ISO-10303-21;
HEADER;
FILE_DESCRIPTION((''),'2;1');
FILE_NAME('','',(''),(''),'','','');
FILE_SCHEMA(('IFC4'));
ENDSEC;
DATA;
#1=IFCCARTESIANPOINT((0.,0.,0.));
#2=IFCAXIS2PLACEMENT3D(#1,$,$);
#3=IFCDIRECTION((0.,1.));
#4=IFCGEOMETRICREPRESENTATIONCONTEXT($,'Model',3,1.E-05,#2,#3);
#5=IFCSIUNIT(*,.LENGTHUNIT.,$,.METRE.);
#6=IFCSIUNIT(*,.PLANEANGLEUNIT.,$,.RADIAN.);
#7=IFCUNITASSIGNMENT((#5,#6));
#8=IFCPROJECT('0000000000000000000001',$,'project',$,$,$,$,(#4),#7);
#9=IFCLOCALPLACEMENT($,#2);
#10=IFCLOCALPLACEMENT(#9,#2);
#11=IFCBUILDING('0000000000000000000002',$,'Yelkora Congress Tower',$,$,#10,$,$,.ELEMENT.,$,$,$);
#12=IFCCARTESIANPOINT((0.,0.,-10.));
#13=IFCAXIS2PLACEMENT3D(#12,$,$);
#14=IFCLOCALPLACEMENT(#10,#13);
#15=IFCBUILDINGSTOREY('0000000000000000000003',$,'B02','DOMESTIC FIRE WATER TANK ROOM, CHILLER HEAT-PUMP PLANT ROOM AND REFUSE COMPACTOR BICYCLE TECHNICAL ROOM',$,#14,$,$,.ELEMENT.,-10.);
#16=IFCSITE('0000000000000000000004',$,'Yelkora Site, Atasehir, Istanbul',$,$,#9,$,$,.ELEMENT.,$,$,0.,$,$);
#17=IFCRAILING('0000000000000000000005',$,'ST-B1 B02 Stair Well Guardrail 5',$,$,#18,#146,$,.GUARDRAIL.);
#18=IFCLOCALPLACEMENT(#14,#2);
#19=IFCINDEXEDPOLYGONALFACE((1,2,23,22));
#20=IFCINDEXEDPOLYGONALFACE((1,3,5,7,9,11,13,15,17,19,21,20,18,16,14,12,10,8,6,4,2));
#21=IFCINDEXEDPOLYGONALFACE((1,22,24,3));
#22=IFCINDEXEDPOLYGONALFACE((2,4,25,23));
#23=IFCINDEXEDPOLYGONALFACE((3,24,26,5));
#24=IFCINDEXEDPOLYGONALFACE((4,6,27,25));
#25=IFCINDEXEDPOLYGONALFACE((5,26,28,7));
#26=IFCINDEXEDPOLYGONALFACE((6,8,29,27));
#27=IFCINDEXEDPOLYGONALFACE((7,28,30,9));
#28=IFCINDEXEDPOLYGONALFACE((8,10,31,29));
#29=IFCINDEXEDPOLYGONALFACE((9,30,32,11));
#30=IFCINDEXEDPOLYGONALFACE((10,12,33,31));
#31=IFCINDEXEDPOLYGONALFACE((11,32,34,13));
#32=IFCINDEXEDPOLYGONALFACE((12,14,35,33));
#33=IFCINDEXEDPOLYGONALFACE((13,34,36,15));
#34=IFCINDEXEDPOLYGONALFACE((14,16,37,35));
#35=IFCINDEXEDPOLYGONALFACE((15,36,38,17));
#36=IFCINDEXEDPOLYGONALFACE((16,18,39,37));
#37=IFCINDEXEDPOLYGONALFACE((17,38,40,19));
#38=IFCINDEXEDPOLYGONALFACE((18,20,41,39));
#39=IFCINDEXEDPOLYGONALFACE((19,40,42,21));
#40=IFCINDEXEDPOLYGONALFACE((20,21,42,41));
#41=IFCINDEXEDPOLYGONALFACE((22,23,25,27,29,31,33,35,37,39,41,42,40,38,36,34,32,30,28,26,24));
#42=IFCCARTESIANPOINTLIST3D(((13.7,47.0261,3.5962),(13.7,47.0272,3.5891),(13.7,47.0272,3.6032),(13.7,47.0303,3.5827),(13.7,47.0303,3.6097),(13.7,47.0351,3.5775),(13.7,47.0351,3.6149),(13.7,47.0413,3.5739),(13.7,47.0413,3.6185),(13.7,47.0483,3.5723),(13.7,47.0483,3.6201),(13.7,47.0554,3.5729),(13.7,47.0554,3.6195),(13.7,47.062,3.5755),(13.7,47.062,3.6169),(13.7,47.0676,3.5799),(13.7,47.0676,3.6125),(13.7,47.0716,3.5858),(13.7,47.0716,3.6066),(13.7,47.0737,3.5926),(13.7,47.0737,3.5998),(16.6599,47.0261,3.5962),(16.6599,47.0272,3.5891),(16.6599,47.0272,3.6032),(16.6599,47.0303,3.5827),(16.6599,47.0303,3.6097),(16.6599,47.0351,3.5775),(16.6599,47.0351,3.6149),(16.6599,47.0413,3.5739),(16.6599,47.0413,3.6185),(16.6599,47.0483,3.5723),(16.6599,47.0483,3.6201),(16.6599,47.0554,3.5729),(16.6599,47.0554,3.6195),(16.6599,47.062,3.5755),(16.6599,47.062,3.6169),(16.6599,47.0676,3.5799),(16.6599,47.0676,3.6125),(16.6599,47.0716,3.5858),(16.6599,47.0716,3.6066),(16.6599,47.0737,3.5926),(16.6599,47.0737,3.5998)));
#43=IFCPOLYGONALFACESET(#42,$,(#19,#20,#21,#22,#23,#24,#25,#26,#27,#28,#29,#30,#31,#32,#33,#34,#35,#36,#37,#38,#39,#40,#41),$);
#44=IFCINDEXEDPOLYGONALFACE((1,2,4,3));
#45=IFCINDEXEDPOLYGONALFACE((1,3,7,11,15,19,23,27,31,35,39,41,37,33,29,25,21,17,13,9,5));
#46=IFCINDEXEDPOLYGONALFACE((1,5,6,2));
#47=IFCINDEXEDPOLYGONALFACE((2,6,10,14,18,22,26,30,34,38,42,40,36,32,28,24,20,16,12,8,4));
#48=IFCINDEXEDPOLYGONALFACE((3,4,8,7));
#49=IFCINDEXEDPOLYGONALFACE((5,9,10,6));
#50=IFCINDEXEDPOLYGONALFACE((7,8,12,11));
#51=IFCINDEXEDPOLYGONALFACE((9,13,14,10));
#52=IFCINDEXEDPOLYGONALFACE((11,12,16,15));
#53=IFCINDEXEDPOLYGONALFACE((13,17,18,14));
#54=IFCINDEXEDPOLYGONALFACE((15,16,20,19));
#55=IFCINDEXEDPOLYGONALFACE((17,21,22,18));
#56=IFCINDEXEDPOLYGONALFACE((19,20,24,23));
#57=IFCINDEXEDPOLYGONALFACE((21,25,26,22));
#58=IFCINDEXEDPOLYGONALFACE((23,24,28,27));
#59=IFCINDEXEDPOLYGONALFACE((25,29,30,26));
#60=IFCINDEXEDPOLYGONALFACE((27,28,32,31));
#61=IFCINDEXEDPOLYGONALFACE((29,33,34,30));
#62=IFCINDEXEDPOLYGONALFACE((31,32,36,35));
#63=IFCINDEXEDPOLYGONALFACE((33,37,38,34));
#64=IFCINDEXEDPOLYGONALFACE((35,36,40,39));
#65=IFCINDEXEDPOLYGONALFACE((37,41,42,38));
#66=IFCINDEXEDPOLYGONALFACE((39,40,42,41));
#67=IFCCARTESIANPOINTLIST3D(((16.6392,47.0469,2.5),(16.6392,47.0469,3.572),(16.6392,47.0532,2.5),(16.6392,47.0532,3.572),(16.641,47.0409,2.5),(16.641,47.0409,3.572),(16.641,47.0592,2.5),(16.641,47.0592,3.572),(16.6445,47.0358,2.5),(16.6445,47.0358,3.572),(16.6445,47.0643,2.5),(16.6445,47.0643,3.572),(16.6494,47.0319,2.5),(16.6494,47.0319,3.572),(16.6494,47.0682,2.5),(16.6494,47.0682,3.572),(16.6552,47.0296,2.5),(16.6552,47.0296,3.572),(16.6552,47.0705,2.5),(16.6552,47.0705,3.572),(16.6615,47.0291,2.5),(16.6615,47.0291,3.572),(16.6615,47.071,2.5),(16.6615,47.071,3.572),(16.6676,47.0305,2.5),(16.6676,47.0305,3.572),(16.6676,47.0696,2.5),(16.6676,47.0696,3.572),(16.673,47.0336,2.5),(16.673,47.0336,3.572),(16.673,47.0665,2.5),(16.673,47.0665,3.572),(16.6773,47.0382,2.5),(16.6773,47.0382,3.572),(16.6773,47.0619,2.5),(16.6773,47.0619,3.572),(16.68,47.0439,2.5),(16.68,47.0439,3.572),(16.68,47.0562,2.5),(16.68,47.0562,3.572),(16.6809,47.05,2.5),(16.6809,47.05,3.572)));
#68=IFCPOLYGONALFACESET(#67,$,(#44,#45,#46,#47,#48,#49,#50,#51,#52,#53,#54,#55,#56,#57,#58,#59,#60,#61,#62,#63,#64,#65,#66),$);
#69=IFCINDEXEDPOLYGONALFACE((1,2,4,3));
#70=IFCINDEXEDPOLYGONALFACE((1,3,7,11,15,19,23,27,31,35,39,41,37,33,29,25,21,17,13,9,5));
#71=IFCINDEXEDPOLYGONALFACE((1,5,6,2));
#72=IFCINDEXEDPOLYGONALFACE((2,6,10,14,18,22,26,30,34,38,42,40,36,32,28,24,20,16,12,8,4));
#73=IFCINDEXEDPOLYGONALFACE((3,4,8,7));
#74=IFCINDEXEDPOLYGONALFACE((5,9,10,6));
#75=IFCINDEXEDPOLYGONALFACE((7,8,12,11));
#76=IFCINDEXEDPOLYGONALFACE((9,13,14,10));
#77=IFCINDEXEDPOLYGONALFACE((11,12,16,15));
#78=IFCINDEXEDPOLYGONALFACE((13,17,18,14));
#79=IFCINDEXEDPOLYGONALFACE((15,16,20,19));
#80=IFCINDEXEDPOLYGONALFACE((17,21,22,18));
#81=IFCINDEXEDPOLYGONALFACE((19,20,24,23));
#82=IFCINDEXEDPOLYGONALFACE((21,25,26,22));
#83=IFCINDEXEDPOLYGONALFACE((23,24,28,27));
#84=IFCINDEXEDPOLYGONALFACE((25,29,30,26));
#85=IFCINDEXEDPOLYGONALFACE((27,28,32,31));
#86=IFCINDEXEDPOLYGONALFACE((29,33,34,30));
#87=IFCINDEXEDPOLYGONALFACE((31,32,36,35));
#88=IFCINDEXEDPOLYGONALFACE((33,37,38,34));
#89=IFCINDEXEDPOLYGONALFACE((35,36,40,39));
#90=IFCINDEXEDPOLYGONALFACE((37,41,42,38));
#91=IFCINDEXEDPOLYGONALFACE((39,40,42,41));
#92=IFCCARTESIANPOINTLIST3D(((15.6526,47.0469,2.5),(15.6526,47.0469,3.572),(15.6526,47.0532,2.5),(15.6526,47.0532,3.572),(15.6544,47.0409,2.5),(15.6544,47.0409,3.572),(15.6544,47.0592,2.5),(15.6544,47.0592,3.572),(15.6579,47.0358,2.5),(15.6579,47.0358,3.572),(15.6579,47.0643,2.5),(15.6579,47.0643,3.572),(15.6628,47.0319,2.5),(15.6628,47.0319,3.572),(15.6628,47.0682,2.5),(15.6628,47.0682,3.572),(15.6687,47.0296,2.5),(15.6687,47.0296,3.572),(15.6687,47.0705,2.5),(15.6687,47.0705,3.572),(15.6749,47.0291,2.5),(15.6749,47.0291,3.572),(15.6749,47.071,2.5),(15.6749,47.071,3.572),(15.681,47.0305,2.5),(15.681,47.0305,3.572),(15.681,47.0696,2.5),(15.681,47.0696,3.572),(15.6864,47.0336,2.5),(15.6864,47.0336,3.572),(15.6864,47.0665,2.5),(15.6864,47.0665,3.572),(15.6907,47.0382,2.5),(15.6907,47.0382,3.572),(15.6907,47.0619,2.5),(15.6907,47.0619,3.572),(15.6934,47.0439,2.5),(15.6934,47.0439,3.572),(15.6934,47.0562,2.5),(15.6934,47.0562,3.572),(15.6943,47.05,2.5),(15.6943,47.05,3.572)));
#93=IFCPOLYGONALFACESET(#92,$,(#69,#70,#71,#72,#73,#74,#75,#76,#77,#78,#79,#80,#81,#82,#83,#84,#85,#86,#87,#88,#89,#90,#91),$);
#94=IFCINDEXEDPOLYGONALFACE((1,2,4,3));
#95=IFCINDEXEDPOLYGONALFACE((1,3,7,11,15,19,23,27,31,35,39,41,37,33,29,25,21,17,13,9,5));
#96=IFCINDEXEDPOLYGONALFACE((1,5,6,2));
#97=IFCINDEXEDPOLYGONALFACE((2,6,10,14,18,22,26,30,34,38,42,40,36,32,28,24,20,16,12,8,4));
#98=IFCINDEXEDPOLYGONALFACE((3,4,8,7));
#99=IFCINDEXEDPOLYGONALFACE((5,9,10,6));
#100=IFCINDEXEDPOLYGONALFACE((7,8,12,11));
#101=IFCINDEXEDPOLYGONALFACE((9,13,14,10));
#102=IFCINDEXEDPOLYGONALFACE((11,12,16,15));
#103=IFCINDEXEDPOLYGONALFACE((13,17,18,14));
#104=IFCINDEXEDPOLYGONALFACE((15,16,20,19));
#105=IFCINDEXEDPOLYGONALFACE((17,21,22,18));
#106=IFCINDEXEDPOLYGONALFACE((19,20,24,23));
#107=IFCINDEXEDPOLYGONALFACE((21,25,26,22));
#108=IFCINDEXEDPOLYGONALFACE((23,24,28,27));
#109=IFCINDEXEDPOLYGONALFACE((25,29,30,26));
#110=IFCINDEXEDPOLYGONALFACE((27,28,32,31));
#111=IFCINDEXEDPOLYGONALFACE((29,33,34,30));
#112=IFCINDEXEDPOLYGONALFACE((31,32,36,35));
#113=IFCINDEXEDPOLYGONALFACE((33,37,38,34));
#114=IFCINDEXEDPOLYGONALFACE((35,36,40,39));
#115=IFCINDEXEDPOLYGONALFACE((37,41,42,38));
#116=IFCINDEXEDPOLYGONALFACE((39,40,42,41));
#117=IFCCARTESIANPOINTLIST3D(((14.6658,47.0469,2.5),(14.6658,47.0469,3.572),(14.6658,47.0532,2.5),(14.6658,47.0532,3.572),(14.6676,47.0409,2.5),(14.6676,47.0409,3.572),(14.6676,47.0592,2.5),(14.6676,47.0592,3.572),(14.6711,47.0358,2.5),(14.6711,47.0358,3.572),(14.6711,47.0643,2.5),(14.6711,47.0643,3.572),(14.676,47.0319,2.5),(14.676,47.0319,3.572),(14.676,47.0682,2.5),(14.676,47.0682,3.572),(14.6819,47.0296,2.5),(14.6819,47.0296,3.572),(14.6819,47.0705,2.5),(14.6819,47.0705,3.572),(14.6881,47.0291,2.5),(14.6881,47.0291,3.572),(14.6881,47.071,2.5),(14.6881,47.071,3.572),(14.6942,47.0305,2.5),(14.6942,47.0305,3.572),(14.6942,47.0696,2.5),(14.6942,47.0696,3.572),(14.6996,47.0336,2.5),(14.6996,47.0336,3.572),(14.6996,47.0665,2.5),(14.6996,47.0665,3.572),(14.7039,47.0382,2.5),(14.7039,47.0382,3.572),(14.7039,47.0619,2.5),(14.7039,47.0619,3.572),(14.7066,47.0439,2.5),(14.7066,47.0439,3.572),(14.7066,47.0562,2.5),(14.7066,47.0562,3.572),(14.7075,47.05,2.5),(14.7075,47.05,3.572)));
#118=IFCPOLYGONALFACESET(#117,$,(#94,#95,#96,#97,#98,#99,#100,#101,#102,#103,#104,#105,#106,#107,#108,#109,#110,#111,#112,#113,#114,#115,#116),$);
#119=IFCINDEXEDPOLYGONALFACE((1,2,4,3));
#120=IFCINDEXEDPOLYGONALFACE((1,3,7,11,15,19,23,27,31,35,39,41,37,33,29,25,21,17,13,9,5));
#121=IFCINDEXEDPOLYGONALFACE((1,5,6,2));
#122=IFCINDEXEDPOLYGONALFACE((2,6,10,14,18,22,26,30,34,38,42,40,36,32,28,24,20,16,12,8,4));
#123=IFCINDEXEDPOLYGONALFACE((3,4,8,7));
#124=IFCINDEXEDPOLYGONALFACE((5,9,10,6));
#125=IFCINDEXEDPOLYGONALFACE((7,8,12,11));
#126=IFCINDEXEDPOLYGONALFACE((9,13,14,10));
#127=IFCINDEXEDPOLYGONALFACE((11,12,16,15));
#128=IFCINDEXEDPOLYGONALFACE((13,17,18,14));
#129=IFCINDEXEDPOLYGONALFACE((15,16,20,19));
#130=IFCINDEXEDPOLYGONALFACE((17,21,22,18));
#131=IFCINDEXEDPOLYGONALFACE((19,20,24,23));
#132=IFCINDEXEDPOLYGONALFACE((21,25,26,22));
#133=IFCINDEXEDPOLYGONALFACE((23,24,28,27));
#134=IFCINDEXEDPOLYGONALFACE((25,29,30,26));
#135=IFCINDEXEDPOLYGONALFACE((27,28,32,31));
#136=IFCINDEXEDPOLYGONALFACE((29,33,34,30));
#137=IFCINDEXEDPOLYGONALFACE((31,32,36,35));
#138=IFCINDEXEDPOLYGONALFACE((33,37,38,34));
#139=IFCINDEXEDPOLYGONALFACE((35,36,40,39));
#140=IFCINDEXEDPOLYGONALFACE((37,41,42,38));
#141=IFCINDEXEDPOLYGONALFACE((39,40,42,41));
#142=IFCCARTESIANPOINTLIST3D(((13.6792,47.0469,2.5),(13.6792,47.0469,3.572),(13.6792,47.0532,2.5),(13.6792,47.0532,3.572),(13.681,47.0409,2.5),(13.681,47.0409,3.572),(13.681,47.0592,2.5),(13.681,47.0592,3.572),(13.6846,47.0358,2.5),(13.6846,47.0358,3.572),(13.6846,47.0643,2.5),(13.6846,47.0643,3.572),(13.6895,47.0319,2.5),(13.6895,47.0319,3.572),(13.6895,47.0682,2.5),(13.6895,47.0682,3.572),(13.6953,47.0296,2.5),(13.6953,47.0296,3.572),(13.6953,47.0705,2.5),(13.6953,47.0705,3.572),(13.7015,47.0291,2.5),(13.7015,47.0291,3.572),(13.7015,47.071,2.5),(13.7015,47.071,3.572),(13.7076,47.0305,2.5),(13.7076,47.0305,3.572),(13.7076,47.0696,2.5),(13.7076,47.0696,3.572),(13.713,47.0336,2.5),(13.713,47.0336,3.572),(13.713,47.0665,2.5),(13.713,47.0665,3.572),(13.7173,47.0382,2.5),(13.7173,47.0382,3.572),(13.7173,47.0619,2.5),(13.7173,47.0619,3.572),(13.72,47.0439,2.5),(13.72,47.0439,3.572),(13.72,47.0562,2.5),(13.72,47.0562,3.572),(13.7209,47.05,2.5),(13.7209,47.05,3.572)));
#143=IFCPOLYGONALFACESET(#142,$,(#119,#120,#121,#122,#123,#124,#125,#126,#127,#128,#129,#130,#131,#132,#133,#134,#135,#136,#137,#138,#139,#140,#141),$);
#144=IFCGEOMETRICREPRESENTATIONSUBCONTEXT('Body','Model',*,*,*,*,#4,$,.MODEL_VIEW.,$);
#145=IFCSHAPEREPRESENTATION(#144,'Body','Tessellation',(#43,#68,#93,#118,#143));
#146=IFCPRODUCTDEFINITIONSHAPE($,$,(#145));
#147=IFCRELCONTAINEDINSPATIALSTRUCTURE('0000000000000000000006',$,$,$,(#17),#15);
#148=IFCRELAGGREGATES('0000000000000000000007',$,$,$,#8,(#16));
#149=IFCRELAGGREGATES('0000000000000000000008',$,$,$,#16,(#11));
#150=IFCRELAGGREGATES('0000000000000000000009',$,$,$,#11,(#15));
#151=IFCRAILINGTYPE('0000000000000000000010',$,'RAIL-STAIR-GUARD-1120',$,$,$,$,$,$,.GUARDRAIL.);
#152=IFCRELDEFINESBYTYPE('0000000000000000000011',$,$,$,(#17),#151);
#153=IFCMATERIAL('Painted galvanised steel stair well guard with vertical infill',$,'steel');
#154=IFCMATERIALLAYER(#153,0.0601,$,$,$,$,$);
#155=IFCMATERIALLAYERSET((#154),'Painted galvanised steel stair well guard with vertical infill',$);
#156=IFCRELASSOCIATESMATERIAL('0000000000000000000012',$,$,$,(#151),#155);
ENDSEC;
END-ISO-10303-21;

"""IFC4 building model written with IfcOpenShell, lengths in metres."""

from ifc_helpers import new_model, si_unit, direction, frame, origin, origin_2d, place, context, subcontext, project, spatial, circle, extrude, material, layer, layer_set, type_object, element, save


model = new_model("IFC4")

# Units and contexts
model_context = context("Model", 3, precision=1e-05, world=origin(), true_north=direction((0.0, 1.0)))
body_context = subcontext(model_context, "Body", "Model", "MODEL_VIEW")
ifc_project = project(units=[si_unit("LENGTHUNIT", "METRE"), si_unit("PLANEANGLEUNIT", "RADIAN")], contexts=[model_context])

# Site, building, storey
site_placement = place(None, origin())
site = spatial("IfcSite", under=ifc_project, at=site_placement, Name="Yelkora Site, Atasehir, Istanbul", CompositionType="ELEMENT", RefElevation=0.0)
building_placement = place(site_placement, origin())
building = spatial("IfcBuilding", under=site, at=building_placement, Name="Yelkora Congress Tower", CompositionType="ELEMENT")
storey_placement = place(building_placement, frame((0.0, 0.0, -10.0)))
storey = spatial("IfcBuildingStorey", under=building, at=storey_placement, Name="B02", Description="DOMESTIC FIRE WATER TANK ROOM, CHILLER HEAT-PUMP PLANT ROOM AND REFUSE COMPACTOR BICYCLE TECHNICAL ROOM", CompositionType="ELEMENT", Elevation=-10.0)

# Railing
ifc_material_1 = material(Name="Painted galvanised steel stair well guard with vertical infill", Category="steel")
ifc_layer_1 = layer(ifc_material_1, 0.0601)
ifc_layer_set_1 = layer_set([ifc_layer_1], Name="Painted galvanised steel stair well guard with vertical infill")
railing_type_1 = type_object("IfcRailingType", Name="RAIL-STAIR-GUARD-1120", PredefinedType="GUARDRAIL", material=ifc_layer_set_1)
railing_1_placement = place(storey_placement, frame((16.6599, 47.05, 2.5)))
element("IfcRailing", 1, at=railing_1_placement, inside=storey, type_object=railing_type_1, Name="ST-B1 B02 Stair Well Guardrail 5", PredefinedType="GUARDRAIL", context=body_context, shape_type="SweptSolid", body=[
    extrude(circle(Radius=0.0239, at=origin_2d()), frame((0.0, 0.0, 1.0962), z_axis=(-1.0, 0.0, 0.0), x_axis=(0.0, -1.0, 0.0)), (0.0, 0.0, 1.0), 2.96),
    extrude(circle(Radius=0.021, at=origin_2d()), origin(), (0.0, 0.0, 1.0), 1.072),
    extrude(circle(Radius=0.021, at=origin_2d()), frame((-0.9866, 0.0, 0.0)), (0.0, 0.0, 1.0), 1.072),
    extrude(circle(Radius=0.021, at=origin_2d()), frame((-1.9734, 0.0, 0.0)), (0.0, 0.0, 1.0), 1.072),
    extrude(circle(Radius=0.021, at=origin_2d()), frame((-2.96, 0.0, 0.0)), (0.0, 0.0, 1.0), 1.072),
])

save(model, "model.ifc")
